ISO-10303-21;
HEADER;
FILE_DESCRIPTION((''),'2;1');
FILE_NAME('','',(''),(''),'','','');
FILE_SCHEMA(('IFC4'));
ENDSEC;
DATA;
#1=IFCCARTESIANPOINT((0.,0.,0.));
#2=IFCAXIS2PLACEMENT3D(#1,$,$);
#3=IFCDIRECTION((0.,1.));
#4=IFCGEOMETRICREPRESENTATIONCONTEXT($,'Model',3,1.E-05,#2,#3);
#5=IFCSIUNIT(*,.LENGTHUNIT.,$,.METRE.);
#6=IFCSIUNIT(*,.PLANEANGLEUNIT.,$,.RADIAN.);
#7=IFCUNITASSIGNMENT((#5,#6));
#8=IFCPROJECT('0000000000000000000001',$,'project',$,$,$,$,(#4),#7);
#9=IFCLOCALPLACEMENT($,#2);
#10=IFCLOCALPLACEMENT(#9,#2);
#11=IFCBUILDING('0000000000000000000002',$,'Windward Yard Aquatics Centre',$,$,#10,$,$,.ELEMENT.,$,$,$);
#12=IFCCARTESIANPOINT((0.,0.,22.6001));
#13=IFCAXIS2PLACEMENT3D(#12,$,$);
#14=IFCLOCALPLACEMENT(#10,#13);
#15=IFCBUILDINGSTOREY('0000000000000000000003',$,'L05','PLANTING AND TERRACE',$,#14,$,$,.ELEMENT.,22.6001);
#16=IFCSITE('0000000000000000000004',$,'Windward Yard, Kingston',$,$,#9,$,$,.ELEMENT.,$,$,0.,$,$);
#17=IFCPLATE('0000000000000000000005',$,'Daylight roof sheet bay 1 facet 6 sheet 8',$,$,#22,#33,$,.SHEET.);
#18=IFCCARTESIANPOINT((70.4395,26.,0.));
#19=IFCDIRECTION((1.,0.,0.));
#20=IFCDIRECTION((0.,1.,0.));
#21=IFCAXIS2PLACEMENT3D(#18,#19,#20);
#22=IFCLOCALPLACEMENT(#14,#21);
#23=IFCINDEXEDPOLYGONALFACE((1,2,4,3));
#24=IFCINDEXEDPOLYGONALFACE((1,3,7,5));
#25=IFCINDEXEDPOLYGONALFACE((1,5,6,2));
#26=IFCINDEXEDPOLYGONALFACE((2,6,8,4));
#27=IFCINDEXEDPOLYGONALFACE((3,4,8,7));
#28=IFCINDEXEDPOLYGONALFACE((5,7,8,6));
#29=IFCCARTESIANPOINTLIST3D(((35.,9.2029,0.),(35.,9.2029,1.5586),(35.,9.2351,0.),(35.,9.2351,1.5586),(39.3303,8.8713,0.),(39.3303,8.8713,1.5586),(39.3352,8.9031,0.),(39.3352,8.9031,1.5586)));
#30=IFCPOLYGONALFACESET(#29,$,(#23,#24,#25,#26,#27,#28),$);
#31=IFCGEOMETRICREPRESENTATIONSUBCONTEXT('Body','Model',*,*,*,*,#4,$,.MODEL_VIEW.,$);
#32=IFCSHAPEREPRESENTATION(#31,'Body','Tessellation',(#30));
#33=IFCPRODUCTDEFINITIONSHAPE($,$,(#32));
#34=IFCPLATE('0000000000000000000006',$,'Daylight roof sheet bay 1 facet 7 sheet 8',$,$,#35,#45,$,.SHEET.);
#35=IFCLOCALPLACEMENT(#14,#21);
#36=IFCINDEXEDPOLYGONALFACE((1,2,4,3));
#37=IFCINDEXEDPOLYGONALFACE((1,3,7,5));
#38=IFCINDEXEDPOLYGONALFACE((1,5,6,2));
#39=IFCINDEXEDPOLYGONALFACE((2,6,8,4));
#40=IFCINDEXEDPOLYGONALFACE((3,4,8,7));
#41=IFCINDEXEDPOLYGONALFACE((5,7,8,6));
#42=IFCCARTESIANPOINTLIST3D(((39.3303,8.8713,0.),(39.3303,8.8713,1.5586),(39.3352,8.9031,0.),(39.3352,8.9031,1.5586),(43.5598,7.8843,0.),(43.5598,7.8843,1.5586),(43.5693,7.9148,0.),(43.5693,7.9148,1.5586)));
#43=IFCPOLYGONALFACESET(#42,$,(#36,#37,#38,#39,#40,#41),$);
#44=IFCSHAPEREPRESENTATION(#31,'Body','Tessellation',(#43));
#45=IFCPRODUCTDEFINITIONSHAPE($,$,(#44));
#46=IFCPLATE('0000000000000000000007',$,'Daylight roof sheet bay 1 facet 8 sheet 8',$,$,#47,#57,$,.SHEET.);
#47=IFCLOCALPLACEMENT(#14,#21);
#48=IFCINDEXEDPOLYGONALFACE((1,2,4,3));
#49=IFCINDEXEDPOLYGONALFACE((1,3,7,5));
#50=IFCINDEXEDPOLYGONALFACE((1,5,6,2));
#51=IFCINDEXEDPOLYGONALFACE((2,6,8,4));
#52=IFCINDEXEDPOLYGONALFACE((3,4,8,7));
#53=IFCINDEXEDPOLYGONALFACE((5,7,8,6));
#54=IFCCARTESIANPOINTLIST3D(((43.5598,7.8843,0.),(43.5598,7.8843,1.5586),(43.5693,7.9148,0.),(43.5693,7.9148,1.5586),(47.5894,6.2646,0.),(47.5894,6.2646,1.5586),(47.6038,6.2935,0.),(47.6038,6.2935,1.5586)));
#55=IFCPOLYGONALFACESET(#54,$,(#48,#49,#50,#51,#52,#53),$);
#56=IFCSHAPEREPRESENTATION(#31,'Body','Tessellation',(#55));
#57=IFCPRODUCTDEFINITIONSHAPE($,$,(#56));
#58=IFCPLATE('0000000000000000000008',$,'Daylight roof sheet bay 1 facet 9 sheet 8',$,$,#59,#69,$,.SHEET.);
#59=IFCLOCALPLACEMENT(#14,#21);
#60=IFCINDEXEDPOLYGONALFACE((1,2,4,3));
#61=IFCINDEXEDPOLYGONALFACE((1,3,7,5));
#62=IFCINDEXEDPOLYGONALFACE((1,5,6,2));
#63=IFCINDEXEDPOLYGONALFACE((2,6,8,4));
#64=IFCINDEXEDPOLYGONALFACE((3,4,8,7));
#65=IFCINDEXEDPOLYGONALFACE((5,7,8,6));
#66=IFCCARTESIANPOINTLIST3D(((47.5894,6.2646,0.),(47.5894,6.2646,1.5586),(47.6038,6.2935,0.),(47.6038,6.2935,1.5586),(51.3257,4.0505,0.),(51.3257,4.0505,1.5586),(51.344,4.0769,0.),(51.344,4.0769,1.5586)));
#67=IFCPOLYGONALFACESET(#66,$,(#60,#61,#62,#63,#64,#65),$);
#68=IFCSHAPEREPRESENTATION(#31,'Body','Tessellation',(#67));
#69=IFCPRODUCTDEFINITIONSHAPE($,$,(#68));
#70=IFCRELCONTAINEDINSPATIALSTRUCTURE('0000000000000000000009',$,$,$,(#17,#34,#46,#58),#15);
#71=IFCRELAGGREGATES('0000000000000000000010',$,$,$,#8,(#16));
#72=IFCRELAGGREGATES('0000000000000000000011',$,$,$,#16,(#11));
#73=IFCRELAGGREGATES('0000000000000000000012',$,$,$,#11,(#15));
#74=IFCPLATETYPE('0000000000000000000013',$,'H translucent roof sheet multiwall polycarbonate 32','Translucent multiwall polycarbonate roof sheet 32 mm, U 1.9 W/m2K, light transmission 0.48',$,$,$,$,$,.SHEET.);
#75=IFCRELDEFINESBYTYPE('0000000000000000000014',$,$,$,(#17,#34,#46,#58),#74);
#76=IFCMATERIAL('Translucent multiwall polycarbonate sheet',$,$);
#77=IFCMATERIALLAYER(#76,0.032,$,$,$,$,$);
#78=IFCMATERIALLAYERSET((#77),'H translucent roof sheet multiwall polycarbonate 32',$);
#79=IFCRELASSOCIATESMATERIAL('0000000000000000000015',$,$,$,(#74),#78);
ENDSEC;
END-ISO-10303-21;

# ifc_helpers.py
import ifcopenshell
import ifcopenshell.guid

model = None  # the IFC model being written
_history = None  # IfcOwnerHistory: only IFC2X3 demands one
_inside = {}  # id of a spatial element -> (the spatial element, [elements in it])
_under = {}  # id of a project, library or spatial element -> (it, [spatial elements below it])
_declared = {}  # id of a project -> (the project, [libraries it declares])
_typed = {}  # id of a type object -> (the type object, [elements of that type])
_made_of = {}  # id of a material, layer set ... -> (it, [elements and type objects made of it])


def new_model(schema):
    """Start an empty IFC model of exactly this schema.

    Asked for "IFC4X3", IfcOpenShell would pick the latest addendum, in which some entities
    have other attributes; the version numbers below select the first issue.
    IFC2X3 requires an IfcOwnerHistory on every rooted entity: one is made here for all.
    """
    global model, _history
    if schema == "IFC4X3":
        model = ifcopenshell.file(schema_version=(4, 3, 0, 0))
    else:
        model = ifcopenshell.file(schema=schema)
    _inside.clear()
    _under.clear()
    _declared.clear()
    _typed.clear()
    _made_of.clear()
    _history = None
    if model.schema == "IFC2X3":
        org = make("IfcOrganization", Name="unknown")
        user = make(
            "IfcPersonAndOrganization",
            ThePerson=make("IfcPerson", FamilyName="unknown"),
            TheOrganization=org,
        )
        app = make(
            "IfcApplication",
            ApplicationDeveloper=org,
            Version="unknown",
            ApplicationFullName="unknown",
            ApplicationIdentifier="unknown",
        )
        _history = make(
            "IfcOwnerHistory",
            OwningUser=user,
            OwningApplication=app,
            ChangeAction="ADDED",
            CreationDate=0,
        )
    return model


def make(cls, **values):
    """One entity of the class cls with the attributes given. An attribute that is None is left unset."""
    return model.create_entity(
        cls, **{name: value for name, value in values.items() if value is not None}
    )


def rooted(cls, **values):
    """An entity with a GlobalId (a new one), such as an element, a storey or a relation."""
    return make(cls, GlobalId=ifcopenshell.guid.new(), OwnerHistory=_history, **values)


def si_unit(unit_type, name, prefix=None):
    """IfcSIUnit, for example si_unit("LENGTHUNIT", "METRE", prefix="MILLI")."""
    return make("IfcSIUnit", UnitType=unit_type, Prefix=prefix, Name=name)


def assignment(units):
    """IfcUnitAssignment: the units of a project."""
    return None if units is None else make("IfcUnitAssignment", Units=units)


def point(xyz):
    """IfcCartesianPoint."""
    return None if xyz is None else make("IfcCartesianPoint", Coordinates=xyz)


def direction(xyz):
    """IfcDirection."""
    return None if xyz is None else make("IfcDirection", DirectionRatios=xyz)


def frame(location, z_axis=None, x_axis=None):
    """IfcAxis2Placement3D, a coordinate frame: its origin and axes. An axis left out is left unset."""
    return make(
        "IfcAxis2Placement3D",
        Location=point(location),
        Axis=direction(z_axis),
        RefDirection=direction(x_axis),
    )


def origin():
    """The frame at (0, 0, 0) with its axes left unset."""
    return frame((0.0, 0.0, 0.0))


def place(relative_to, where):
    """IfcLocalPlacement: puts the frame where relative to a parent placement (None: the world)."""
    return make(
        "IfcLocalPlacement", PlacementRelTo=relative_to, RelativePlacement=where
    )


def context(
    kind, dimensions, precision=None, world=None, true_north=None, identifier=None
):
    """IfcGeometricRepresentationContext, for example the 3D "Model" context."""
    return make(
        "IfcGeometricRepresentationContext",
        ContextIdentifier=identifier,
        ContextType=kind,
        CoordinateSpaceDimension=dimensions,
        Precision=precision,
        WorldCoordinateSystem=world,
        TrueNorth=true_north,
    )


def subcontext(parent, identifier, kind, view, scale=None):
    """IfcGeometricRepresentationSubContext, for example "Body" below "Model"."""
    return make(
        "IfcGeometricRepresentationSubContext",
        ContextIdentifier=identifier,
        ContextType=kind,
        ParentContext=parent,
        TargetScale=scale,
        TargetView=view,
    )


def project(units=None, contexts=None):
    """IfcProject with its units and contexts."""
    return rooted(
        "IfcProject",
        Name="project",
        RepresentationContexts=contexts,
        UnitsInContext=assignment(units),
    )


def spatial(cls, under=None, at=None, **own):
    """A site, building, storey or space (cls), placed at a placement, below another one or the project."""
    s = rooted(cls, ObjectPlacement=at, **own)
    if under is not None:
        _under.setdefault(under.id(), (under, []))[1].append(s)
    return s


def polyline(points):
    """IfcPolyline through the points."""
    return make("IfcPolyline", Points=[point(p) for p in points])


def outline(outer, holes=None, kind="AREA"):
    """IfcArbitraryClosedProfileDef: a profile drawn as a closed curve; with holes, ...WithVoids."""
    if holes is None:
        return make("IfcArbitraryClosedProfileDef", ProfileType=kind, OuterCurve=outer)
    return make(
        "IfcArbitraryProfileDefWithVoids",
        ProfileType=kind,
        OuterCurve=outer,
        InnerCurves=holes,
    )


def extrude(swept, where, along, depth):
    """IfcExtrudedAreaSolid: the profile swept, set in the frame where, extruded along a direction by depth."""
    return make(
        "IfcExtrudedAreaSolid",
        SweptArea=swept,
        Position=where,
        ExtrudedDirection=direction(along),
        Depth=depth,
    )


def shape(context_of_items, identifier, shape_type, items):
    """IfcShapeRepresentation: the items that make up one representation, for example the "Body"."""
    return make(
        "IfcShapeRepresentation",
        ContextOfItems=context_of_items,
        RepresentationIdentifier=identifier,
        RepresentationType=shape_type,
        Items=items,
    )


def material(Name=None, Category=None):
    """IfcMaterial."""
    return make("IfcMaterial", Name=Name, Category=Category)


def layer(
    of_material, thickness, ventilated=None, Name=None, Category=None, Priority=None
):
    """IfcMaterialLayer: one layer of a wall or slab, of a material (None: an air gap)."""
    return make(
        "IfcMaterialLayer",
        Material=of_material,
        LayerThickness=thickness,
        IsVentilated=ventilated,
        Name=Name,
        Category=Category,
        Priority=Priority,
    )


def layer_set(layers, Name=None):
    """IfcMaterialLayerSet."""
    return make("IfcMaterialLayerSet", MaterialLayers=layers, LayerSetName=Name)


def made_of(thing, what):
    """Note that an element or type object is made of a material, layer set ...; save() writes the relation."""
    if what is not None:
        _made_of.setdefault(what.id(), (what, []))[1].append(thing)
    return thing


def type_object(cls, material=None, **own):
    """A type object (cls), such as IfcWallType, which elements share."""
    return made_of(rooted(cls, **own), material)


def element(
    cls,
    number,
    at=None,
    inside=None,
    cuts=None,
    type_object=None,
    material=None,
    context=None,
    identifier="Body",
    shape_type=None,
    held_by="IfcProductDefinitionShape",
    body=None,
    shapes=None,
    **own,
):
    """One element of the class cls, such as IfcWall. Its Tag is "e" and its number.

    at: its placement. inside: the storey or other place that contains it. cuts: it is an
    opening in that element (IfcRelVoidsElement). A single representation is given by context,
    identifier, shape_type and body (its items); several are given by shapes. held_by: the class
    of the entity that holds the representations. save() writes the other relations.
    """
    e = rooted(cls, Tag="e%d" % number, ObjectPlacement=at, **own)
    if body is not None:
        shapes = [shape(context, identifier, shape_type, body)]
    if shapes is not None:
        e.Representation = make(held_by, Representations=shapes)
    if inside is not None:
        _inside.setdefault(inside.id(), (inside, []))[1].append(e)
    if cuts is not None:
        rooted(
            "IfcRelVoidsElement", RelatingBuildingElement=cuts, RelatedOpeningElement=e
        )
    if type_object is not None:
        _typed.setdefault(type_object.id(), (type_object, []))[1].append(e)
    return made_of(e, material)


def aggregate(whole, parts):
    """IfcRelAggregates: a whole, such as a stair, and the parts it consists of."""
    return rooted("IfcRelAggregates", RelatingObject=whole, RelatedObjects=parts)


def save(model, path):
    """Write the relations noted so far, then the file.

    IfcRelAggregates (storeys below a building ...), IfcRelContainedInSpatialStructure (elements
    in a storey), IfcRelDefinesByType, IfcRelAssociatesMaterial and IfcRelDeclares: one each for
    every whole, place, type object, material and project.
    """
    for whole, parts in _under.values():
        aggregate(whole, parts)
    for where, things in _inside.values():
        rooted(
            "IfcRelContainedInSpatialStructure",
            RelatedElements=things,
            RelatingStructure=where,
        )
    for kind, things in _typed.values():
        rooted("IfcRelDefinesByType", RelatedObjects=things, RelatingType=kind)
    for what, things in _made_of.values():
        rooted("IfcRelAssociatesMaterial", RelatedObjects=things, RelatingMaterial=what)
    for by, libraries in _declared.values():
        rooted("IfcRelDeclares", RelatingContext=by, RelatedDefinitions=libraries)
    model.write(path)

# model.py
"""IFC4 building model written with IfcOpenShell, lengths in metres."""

from ifc_helpers import new_model, si_unit, direction, frame, origin, place, context, subcontext, project, spatial, polyline, outline, extrude, material, layer, layer_set, type_object, element, save


model = new_model("IFC4")

# Units and contexts
model_context = context("Model", 3, precision=1e-05, world=origin(), true_north=direction((0.0, 1.0)))
body_context = subcontext(model_context, "Body", "Model", "MODEL_VIEW")
ifc_project = project(units=[si_unit("LENGTHUNIT", "METRE"), si_unit("PLANEANGLEUNIT", "RADIAN")], contexts=[model_context])

# Site, building, storey
site_placement = place(None, origin())
site = spatial("IfcSite", under=ifc_project, at=site_placement, Name="Windward Yard, Kingston", CompositionType="ELEMENT", RefElevation=0.0)
building_placement = place(site_placement, origin())
building = spatial("IfcBuilding", under=site, at=building_placement, Name="Windward Yard Aquatics Centre", CompositionType="ELEMENT")
storey_placement = place(building_placement, frame((0.0, 0.0, 22.6001)))
storey = spatial("IfcBuildingStorey", under=building, at=storey_placement, Name="L05", Description="PLANTING AND TERRACE", CompositionType="ELEMENT", Elevation=22.6001)

# Plates
ifc_material_1 = material(Name="Translucent multiwall polycarbonate sheet")
ifc_layer_1 = layer(ifc_material_1, 0.032)
ifc_layer_set_1 = layer_set([ifc_layer_1], Name="H translucent roof sheet multiwall polycarbonate 32")
plate_type = type_object("IfcPlateType", Name="H translucent roof sheet multiwall polycarbonate 32", Description="Translucent multiwall polycarbonate roof sheet 32 mm, U 1.9 W/m2K, light transmission 0.48", PredefinedType="SHEET", material=ifc_layer_set_1)
plate_1_placement = place(storey_placement, frame((70.4395, 26.0, 0.0), z_axis=(1.0, 0.0, 0.0), x_axis=(0.0, 1.0, 0.0)))
element("IfcPlate", 1, at=plate_1_placement, inside=storey, type_object=plate_type, Name="Daylight roof sheet bay 1 facet 6 sheet 8", PredefinedType="SHEET", context=body_context, shape_type="SweptSolid", body=[
    extrude(outline(polyline([(35.0, 9.2029), (39.3303, 8.8713), (39.3352, 8.9031), (35.0, 9.2351), (35.0, 9.2029)])), origin(), (0.0, 0.0, 1.0), 1.5586),
])
plate_2_placement = place(storey_placement, frame((70.4395, 26.0, 0.0), z_axis=(1.0, 0.0, 0.0), x_axis=(0.0, 1.0, 0.0)))
element("IfcPlate", 2, at=plate_2_placement, inside=storey, type_object=plate_type, Name="Daylight roof sheet bay 1 facet 7 sheet 8", PredefinedType="SHEET", context=body_context, shape_type="SweptSolid", body=[
    extrude(outline(polyline([(39.3303, 8.8713), (43.5598, 7.8843), (43.5693, 7.9148), (39.3352, 8.9031), (39.3303, 8.8713)])), origin(), (0.0, 0.0, 1.0), 1.5586),
])
plate_3_placement = place(storey_placement, frame((70.4395, 26.0, 0.0), z_axis=(1.0, 0.0, 0.0), x_axis=(0.0, 1.0, 0.0)))
element("IfcPlate", 3, at=plate_3_placement, inside=storey, type_object=plate_type, Name="Daylight roof sheet bay 1 facet 8 sheet 8", PredefinedType="SHEET", context=body_context, shape_type="SweptSolid", body=[
    extrude(outline(polyline([(43.5598, 7.8843), (47.5894, 6.2646), (47.6038, 6.2935), (43.5693, 7.9148), (43.5598, 7.8843)])), origin(), (0.0, 0.0, 1.0), 1.5586),
])
plate_4_placement = place(storey_placement, frame((70.4395, 26.0, 0.0), z_axis=(1.0, 0.0, 0.0), x_axis=(0.0, 1.0, 0.0)))
element("IfcPlate", 4, at=plate_4_placement, inside=storey, type_object=plate_type, Name="Daylight roof sheet bay 1 facet 9 sheet 8", PredefinedType="SHEET", context=body_context, shape_type="SweptSolid", body=[
    extrude(outline(polyline([(47.5894, 6.2646), (51.3257, 4.0505), (51.344, 4.0769), (47.6038, 6.2935), (47.5894, 6.2646)])), origin(), (0.0, 0.0, 1.0), 1.5586),
])

save(model, "model.ifc")
